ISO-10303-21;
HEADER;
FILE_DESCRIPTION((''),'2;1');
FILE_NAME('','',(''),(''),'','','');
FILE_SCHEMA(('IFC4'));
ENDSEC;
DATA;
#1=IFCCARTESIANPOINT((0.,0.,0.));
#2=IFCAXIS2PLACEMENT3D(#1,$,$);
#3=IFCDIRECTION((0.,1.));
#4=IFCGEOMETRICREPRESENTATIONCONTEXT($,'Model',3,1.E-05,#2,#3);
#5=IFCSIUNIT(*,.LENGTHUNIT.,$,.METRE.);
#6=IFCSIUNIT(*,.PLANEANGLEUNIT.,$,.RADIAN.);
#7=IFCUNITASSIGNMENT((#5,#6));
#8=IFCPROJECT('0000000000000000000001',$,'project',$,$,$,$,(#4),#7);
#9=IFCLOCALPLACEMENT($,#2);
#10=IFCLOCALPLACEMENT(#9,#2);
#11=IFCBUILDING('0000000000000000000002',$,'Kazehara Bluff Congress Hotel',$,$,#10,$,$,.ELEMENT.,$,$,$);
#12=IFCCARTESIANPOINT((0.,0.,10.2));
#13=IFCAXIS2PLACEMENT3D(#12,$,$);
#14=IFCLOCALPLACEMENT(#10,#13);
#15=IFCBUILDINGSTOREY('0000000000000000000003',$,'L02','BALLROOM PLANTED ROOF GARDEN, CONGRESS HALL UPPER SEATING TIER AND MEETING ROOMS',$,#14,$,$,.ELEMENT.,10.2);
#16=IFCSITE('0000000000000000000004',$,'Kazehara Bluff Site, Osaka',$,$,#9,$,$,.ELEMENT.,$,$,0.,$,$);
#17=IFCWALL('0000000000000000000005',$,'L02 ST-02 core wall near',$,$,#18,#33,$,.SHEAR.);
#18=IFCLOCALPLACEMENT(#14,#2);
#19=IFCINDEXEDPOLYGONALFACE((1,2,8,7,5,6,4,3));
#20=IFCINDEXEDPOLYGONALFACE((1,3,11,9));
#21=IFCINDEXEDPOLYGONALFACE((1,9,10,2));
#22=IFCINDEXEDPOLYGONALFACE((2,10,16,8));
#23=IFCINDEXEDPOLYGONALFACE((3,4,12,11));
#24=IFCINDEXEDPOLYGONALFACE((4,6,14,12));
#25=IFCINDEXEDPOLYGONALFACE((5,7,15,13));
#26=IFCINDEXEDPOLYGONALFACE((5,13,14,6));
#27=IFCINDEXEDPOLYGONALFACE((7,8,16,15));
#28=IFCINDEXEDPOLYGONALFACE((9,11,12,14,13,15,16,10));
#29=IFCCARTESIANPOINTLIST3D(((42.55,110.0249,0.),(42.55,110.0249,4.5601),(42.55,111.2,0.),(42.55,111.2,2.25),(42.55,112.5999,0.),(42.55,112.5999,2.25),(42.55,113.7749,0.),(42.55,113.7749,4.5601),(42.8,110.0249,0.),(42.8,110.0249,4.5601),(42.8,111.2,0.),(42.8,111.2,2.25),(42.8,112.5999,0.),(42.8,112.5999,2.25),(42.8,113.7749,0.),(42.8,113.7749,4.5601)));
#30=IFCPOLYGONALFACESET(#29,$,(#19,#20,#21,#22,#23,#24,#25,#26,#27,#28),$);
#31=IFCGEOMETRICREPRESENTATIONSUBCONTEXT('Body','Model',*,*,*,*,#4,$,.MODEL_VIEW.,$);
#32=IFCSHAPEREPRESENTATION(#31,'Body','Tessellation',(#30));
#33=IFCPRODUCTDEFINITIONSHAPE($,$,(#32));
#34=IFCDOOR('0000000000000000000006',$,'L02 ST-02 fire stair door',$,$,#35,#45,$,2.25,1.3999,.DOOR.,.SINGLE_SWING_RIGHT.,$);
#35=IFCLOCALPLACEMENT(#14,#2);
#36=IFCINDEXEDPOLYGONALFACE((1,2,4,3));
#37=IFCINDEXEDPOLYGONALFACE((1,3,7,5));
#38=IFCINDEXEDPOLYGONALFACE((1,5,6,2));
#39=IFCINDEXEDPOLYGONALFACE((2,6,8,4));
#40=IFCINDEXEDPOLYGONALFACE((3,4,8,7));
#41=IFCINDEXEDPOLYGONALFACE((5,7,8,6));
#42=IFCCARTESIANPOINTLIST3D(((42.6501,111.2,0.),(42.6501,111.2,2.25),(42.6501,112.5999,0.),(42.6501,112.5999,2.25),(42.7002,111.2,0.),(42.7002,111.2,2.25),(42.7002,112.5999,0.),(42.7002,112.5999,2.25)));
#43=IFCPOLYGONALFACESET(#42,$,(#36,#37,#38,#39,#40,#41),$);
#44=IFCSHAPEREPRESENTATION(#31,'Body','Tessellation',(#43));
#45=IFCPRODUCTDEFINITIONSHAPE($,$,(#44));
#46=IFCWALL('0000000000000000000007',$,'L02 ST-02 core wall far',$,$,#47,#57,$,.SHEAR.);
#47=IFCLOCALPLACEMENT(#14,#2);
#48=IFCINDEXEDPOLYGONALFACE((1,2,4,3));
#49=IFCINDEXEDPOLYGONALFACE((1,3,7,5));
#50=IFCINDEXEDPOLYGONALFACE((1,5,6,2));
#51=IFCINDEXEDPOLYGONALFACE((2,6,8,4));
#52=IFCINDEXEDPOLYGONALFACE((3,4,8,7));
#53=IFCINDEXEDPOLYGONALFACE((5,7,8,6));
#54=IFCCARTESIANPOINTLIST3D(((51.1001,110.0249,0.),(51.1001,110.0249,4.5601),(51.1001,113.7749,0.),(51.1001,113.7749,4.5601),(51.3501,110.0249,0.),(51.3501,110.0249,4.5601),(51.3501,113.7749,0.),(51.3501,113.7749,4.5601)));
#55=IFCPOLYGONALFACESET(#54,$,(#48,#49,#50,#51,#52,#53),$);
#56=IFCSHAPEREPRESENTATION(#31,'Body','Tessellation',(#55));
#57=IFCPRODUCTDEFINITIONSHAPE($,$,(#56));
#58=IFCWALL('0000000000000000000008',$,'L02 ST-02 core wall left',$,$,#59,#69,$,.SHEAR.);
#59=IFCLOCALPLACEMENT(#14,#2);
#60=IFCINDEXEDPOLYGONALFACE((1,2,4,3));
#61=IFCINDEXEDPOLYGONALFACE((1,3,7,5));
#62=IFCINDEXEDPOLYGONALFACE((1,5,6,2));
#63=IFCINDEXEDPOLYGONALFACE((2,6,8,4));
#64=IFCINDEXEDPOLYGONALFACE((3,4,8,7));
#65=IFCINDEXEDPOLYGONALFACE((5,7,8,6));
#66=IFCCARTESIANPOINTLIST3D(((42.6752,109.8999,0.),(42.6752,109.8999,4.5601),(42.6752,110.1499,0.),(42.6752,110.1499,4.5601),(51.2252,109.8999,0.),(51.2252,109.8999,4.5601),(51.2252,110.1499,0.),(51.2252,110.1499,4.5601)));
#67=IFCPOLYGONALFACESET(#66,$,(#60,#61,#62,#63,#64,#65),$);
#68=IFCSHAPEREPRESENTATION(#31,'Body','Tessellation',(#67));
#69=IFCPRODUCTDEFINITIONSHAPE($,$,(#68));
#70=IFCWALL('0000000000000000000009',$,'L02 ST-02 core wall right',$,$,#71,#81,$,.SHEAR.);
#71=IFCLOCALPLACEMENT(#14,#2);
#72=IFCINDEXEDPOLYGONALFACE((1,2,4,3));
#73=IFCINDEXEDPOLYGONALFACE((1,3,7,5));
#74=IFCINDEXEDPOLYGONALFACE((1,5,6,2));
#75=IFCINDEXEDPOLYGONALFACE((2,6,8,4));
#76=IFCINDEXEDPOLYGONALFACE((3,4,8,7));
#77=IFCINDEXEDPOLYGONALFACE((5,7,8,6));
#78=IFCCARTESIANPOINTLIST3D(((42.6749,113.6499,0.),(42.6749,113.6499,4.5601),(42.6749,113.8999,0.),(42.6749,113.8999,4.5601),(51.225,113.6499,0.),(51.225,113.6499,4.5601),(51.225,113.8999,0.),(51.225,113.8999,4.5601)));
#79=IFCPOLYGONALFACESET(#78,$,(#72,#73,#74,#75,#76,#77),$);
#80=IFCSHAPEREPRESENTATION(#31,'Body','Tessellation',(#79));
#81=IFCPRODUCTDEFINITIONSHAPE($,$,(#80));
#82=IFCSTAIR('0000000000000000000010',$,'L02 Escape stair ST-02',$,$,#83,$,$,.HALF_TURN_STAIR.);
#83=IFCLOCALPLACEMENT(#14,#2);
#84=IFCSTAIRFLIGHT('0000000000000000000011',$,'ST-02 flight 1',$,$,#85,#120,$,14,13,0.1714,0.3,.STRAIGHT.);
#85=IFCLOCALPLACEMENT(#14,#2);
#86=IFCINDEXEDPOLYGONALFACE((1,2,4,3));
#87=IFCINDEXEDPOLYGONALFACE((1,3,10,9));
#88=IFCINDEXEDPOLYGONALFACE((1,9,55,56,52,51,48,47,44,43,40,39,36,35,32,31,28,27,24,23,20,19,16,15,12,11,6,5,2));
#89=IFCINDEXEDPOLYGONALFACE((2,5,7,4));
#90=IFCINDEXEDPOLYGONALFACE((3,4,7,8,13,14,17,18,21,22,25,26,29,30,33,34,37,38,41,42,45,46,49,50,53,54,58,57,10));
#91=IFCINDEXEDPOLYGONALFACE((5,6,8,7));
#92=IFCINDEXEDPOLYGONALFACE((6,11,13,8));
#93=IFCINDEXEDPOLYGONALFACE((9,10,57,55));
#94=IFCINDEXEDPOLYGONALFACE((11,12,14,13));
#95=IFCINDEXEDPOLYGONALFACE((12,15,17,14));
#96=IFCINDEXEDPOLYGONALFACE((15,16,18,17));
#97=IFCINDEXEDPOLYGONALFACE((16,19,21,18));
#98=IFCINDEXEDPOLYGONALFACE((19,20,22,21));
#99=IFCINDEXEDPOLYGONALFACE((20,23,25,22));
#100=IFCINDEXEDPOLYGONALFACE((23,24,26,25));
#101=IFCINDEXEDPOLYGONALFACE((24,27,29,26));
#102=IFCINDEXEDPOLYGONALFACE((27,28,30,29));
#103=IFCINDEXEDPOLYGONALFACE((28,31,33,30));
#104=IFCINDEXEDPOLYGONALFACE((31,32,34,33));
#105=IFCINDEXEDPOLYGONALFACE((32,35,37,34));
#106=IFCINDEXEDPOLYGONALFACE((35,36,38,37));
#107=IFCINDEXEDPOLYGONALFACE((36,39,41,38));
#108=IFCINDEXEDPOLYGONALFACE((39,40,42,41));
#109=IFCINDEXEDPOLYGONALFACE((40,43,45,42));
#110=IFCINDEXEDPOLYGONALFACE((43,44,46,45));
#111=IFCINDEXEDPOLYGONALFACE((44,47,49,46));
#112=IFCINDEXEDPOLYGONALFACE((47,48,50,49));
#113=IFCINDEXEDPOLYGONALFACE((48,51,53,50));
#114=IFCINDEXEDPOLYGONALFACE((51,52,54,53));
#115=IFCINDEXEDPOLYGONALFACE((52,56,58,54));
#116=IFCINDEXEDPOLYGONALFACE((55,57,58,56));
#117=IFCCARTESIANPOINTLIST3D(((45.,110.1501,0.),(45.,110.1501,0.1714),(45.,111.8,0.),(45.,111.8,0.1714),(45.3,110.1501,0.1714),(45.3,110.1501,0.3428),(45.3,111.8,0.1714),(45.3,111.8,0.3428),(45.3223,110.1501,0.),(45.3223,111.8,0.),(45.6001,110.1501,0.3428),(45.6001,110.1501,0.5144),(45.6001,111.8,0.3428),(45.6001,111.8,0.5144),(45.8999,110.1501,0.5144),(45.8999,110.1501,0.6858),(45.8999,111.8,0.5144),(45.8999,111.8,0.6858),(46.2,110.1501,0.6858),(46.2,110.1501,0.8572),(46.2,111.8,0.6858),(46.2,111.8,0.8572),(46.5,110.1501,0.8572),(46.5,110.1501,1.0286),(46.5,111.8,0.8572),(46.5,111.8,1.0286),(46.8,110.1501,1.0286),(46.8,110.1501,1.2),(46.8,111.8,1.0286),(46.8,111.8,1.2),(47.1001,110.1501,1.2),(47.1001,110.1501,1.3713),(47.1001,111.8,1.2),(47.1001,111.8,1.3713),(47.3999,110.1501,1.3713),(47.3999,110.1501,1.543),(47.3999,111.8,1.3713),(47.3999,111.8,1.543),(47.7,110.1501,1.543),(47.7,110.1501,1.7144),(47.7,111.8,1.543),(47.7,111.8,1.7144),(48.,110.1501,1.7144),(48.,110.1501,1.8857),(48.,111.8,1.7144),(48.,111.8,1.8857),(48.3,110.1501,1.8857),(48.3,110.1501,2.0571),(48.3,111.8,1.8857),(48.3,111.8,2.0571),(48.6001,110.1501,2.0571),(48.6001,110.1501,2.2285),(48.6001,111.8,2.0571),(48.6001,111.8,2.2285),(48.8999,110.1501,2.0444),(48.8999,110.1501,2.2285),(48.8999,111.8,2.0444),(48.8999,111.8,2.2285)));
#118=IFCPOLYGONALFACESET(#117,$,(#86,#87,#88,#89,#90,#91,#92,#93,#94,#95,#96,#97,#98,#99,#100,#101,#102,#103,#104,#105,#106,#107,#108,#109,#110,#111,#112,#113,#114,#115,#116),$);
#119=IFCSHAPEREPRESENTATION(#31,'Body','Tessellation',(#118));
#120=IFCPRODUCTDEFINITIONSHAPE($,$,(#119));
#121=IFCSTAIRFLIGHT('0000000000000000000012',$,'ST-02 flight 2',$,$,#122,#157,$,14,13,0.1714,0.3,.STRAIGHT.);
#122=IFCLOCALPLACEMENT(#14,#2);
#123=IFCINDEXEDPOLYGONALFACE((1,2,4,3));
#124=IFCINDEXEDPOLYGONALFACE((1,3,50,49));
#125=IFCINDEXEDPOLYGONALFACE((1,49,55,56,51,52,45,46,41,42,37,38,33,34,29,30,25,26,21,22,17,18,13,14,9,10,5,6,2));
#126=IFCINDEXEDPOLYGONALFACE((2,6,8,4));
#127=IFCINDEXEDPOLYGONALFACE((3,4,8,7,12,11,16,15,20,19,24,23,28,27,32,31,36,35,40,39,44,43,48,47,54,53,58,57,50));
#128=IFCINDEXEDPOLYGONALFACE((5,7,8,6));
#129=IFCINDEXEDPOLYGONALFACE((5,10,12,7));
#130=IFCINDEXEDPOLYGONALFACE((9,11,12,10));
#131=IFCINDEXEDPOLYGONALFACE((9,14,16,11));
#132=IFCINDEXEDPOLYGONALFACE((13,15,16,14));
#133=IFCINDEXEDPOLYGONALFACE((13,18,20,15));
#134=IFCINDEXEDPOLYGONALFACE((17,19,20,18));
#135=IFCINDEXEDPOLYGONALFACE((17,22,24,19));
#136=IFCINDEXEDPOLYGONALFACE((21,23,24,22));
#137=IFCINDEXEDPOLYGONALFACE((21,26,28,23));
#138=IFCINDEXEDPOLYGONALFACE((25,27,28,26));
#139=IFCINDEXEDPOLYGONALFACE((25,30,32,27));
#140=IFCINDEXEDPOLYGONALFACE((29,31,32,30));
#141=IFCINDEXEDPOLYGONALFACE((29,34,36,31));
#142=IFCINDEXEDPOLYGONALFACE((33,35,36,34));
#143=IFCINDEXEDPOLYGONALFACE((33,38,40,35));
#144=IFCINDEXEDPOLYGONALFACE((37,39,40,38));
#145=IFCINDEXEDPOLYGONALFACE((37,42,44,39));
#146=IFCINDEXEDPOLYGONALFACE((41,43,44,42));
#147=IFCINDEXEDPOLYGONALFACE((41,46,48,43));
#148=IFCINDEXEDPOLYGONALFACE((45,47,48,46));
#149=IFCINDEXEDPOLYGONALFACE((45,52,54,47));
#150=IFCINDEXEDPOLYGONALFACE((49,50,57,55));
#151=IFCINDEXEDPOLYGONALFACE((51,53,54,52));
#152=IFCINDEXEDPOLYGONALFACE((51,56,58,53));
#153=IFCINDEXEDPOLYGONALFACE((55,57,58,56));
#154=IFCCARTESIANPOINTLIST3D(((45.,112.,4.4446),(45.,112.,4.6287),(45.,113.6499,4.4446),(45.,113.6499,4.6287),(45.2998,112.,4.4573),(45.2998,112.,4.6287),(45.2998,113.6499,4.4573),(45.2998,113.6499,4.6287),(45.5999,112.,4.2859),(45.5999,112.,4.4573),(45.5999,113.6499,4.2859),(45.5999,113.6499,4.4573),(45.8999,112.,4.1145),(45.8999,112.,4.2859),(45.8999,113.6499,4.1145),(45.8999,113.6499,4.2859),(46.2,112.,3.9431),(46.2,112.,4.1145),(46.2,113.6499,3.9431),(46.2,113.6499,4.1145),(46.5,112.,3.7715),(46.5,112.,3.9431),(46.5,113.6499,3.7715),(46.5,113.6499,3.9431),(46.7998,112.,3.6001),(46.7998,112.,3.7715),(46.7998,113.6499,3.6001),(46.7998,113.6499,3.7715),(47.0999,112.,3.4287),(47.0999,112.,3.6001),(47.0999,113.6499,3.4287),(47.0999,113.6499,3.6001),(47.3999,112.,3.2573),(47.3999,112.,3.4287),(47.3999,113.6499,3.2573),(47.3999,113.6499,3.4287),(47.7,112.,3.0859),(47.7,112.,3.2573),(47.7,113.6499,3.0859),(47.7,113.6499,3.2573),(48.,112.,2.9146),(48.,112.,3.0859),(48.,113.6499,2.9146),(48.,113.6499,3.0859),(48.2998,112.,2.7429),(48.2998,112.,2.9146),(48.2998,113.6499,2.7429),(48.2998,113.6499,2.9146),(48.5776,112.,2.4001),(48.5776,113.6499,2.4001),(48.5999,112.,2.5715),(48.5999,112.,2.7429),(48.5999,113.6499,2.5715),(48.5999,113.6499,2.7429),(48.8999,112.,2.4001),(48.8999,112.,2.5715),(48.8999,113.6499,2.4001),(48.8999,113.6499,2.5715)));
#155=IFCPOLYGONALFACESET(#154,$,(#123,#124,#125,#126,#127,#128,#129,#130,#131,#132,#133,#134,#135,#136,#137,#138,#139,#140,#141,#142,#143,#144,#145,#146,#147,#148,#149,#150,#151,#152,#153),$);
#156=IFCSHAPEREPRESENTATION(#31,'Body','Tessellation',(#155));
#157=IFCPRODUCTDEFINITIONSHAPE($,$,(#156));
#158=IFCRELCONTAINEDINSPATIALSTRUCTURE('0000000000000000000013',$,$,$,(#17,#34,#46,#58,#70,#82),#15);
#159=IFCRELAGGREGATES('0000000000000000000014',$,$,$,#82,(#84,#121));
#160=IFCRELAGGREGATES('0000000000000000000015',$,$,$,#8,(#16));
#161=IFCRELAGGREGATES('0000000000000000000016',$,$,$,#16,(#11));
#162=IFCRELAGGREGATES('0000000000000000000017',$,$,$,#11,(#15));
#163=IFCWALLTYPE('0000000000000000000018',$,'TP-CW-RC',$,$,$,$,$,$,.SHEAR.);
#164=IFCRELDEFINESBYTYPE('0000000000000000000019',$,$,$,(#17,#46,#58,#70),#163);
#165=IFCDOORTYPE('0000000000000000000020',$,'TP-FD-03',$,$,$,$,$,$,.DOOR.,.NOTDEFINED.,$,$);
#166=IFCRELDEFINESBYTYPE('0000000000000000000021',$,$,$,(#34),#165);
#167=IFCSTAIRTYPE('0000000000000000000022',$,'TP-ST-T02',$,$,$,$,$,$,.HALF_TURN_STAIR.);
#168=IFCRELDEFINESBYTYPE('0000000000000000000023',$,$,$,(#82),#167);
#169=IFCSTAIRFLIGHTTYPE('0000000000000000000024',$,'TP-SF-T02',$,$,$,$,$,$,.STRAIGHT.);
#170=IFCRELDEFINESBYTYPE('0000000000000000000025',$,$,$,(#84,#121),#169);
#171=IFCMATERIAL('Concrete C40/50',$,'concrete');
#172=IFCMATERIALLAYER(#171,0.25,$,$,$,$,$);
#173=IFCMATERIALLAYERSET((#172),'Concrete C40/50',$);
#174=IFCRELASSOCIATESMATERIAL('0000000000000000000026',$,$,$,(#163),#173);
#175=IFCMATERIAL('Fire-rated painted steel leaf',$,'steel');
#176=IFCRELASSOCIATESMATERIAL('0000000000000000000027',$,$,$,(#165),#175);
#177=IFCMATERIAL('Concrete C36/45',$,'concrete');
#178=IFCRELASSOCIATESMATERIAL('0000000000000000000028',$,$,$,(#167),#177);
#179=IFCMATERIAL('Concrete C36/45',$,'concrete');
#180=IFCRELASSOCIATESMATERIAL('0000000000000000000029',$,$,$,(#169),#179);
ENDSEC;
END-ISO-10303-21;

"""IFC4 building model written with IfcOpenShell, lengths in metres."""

from ifc_helpers import new_model, si_unit, direction, frame, frame_2d, origin, place, context, subcontext, project, spatial, polyline, rectangle, outline, extrude, material, layer, layer_set, type_object, element, fill, aggregate, save


model = new_model("IFC4")

# Units and contexts
model_context = context("Model", 3, precision=1e-05, world=origin(), true_north=direction((0.0, 1.0)))
body_context = subcontext(model_context, "Body", "Model", "MODEL_VIEW")
ifc_project = project(units=[si_unit("LENGTHUNIT", "METRE"), si_unit("PLANEANGLEUNIT", "RADIAN")], contexts=[model_context])

# Site, building, storey
site_placement = place(None, origin())
site = spatial("IfcSite", under=ifc_project, at=site_placement, Name="Kazehara Bluff Site, Osaka", CompositionType="ELEMENT", RefElevation=0.0)
building_placement = place(site_placement, origin())
building = spatial("IfcBuilding", under=site, at=building_placement, Name="Kazehara Bluff Congress Hotel", CompositionType="ELEMENT")
storey_placement = place(building_placement, frame((0.0, 0.0, 10.2)))
storey = spatial("IfcBuildingStorey", under=building, at=storey_placement, Name="L02", Description="BALLROOM PLANTED ROOF GARDEN, CONGRESS HALL UPPER SEATING TIER AND MEETING ROOMS", CompositionType="ELEMENT", Elevation=10.2)

# Wall, opening, door
ifc_material_1 = material(Name="Concrete C40/50", Category="concrete")
ifc_layer_1 = layer(ifc_material_1, 0.25)
ifc_layer_set_1 = layer_set([ifc_layer_1], Name="Concrete C40/50")
wall_type = type_object("IfcWallType", Name="TP-CW-RC", PredefinedType="SHEAR", material=ifc_layer_set_1)
wall_1_placement = place(storey_placement, frame((42.675, 110.0249, 0.0), z_axis=(0.0, 0.0, 1.0), x_axis=(0.0, 1.0, 0.0)))
wall_1 = element("IfcWall", 1, at=wall_1_placement, inside=storey, type_object=wall_type, Name="L02 ST-02 core wall near", PredefinedType="SHEAR", context=body_context, shape_type="SweptSolid", body=[
    extrude(rectangle(XDim=3.75, YDim=0.25, at=frame_2d((1.875, 0.0))), origin(), (0.0, 0.0, 1.0), 4.5601),
])
opening_placement = place(wall_1_placement, frame((1.175, 0.0, 0.0)))
opening = element("IfcOpeningElement", 2, at=opening_placement, cuts=wall_1, PredefinedType="OPENING", context=body_context, shape_type="SweptSolid", body=[
    extrude(rectangle(XDim=1.3999, YDim=2.25, at=frame_2d((0.7, 1.125))), frame((0.0, 0.135, 0.0), z_axis=(0.0, -1.0, 0.0), x_axis=(1.0, 0.0, 0.0)), (0.0, 0.0, 1.0), 0.27),
])
ifc_material_2 = material(Name="Fire-rated painted steel leaf", Category="steel")
door_type = type_object("IfcDoorType", Name="TP-FD-03", OperationType="NOTDEFINED", PredefinedType="DOOR", material=ifc_material_2)
door_placement = place(opening_placement, origin())
door = element("IfcDoor", 3, at=door_placement, inside=storey, type_object=door_type, Name="L02 ST-02 fire stair door", OperationType="SINGLE_SWING_RIGHT", OverallHeight=2.25, OverallWidth=1.3999, PredefinedType="DOOR", context=body_context, shape_type="SweptSolid", body=[
    extrude(rectangle(XDim=1.3999, YDim=2.25, at=frame_2d((0.7, 1.125))), frame((0.0, 0.0249, 0.0), z_axis=(0.0, -1.0, 0.0), x_axis=(1.0, 0.0, 0.0)), (0.0, 0.0, 1.0), 0.05),
])
fill(opening, door)

# Walls
wall_2_placement = place(storey_placement, frame((51.2251, 113.7749, 0.0), z_axis=(0.0, 0.0, 1.0), x_axis=(0.0, -1.0, 0.0)))
element("IfcWall", 4, at=wall_2_placement, inside=storey, type_object=wall_type, Name="L02 ST-02 core wall far", PredefinedType="SHEAR", context=body_context, shape_type="SweptSolid", body=[
    extrude(rectangle(XDim=3.75, YDim=0.25, at=frame_2d((1.875, 0.0))), origin(), (0.0, 0.0, 1.0), 4.5601),
])
for number, where, z_axis, x_axis, name in (
    (5, (51.2251, 110.0249, 0.0), (0.0, 0.0, 1.0), (-1.0, 0.0, 0.0), "L02 ST-02 core wall left"),
    (6, (42.675, 113.7749, 0.0), (0.0, 0.0, 1.0), (1.0, 0.0, 0.0), "L02 ST-02 core wall right"),
):
    element("IfcWall", number, at=place(storey_placement, frame(where, z_axis=z_axis, x_axis=x_axis)), inside=storey, type_object=wall_type, Name=name, PredefinedType="SHEAR", context=body_context, shape_type="SweptSolid", body=[
        extrude(rectangle(XDim=8.55, YDim=0.25, at=frame_2d((4.2749, 0.0))), origin(), (0.0, 0.0, 1.0), 4.5601),
    ])

# Stair, stair flights
ifc_material_3 = material(Name="Concrete C36/45", Category="concrete")
stair_type = type_object("IfcStairType", Name="TP-ST-T02", PredefinedType="HALF_TURN_STAIR", material=ifc_material_3)
stair_placement = place(storey_placement, origin())
stair = element("IfcStair", 7, at=stair_placement, inside=storey, type_object=stair_type, Name="L02 Escape stair ST-02", PredefinedType="HALF_TURN_STAIR")
ifc_material_4 = material(Name="Concrete C36/45", Category="concrete")
stair_flight_type = type_object("IfcStairFlightType", Name="TP-SF-T02", PredefinedType="STRAIGHT", material=ifc_material_4)
stair_flight_1_placement = place(storey_placement, frame((45.0, 110.9751, 0.0), z_axis=(0.0, 0.0, 1.0), x_axis=(1.0, 0.0, 0.0)))
stair_flight_1 = element("IfcStairFlight", 8, at=stair_flight_1_placement, type_object=stair_flight_type, Name="ST-02 flight 1", NumberOfRisers=14, NumberOfTreads=13, PredefinedType="STRAIGHT", RiserHeight=0.1714, TreadLength=0.3, context=body_context, shape_type="SweptSolid", body=[
    extrude(outline(polyline([(0.0, 0.0), (0.0, 0.1714), (0.3, 0.1714), (0.3, 0.3428), (0.6001, 0.3428), (0.6001, 0.5144), (0.8999, 0.5144), (0.8999, 0.6858), (1.2, 0.6858), (1.2, 0.8572), (1.5, 0.8572), (1.5, 1.0286), (1.8, 1.0286), (1.8, 1.2), (2.1001, 1.2), (2.1001, 1.3713), (2.3999, 1.3713), (2.3999, 1.543), (2.7, 1.543), (2.7, 1.7144), (3.0, 1.7144), (3.0, 1.8857), (3.3, 1.8857), (3.3, 2.0571), (3.6001, 2.0571), (3.6001, 2.2285), (3.8999, 2.2285), (3.8999, 2.3999), (3.8999, 2.0444), (0.3223, 0.0), (0.0, 0.0)])), frame((0.0, 0.825, 0.0), z_axis=(0.0, -1.0, 0.0), x_axis=(1.0, 0.0, 0.0)), (0.0, 0.0, 1.0), 1.6499),
])
stair_flight_2_placement = place(storey_placement, frame((48.8999, 112.825, 2.4001), z_axis=(0.0, 0.0, 1.0), x_axis=(-1.0, 0.0, 0.0)))
stair_flight_2 = element("IfcStairFlight", 9, at=stair_flight_2_placement, type_object=stair_flight_type, Name="ST-02 flight 2", NumberOfRisers=14, NumberOfTreads=13, PredefinedType="STRAIGHT", RiserHeight=0.1714, TreadLength=0.3, context=body_context, shape_type="SweptSolid", body=[
    extrude(outline(polyline([(0.0, 0.0), (0.0, 0.1714), (0.3, 0.1714), (0.3, 0.3428), (0.6001, 0.3428), (0.6001, 0.5144), (0.8999, 0.5144), (0.8999, 0.6858), (1.2, 0.6858), (1.2, 0.8572), (1.5, 0.8572), (1.5, 1.0286), (1.8, 1.0286), (1.8, 1.2), (2.1001, 1.2), (2.1001, 1.3713), (2.3999, 1.3713), (2.3999, 1.543), (2.7, 1.543), (2.7, 1.7144), (3.0, 1.7144), (3.0, 1.8857), (3.3, 1.8857), (3.3, 2.0571), (3.6001, 2.0571), (3.6001, 2.2285), (3.8999, 2.2285), (3.8999, 2.3999), (3.8999, 2.0444), (0.3223, 0.0), (0.0, 0.0)])), frame((0.0, 0.825, 0.0), z_axis=(0.0, -1.0, 0.0), x_axis=(1.0, 0.0, 0.0)), (0.0, 0.0, 1.0), 1.6499),
])
aggregate(stair, [stair_flight_1, stair_flight_2])

save(model, "model.ifc")
